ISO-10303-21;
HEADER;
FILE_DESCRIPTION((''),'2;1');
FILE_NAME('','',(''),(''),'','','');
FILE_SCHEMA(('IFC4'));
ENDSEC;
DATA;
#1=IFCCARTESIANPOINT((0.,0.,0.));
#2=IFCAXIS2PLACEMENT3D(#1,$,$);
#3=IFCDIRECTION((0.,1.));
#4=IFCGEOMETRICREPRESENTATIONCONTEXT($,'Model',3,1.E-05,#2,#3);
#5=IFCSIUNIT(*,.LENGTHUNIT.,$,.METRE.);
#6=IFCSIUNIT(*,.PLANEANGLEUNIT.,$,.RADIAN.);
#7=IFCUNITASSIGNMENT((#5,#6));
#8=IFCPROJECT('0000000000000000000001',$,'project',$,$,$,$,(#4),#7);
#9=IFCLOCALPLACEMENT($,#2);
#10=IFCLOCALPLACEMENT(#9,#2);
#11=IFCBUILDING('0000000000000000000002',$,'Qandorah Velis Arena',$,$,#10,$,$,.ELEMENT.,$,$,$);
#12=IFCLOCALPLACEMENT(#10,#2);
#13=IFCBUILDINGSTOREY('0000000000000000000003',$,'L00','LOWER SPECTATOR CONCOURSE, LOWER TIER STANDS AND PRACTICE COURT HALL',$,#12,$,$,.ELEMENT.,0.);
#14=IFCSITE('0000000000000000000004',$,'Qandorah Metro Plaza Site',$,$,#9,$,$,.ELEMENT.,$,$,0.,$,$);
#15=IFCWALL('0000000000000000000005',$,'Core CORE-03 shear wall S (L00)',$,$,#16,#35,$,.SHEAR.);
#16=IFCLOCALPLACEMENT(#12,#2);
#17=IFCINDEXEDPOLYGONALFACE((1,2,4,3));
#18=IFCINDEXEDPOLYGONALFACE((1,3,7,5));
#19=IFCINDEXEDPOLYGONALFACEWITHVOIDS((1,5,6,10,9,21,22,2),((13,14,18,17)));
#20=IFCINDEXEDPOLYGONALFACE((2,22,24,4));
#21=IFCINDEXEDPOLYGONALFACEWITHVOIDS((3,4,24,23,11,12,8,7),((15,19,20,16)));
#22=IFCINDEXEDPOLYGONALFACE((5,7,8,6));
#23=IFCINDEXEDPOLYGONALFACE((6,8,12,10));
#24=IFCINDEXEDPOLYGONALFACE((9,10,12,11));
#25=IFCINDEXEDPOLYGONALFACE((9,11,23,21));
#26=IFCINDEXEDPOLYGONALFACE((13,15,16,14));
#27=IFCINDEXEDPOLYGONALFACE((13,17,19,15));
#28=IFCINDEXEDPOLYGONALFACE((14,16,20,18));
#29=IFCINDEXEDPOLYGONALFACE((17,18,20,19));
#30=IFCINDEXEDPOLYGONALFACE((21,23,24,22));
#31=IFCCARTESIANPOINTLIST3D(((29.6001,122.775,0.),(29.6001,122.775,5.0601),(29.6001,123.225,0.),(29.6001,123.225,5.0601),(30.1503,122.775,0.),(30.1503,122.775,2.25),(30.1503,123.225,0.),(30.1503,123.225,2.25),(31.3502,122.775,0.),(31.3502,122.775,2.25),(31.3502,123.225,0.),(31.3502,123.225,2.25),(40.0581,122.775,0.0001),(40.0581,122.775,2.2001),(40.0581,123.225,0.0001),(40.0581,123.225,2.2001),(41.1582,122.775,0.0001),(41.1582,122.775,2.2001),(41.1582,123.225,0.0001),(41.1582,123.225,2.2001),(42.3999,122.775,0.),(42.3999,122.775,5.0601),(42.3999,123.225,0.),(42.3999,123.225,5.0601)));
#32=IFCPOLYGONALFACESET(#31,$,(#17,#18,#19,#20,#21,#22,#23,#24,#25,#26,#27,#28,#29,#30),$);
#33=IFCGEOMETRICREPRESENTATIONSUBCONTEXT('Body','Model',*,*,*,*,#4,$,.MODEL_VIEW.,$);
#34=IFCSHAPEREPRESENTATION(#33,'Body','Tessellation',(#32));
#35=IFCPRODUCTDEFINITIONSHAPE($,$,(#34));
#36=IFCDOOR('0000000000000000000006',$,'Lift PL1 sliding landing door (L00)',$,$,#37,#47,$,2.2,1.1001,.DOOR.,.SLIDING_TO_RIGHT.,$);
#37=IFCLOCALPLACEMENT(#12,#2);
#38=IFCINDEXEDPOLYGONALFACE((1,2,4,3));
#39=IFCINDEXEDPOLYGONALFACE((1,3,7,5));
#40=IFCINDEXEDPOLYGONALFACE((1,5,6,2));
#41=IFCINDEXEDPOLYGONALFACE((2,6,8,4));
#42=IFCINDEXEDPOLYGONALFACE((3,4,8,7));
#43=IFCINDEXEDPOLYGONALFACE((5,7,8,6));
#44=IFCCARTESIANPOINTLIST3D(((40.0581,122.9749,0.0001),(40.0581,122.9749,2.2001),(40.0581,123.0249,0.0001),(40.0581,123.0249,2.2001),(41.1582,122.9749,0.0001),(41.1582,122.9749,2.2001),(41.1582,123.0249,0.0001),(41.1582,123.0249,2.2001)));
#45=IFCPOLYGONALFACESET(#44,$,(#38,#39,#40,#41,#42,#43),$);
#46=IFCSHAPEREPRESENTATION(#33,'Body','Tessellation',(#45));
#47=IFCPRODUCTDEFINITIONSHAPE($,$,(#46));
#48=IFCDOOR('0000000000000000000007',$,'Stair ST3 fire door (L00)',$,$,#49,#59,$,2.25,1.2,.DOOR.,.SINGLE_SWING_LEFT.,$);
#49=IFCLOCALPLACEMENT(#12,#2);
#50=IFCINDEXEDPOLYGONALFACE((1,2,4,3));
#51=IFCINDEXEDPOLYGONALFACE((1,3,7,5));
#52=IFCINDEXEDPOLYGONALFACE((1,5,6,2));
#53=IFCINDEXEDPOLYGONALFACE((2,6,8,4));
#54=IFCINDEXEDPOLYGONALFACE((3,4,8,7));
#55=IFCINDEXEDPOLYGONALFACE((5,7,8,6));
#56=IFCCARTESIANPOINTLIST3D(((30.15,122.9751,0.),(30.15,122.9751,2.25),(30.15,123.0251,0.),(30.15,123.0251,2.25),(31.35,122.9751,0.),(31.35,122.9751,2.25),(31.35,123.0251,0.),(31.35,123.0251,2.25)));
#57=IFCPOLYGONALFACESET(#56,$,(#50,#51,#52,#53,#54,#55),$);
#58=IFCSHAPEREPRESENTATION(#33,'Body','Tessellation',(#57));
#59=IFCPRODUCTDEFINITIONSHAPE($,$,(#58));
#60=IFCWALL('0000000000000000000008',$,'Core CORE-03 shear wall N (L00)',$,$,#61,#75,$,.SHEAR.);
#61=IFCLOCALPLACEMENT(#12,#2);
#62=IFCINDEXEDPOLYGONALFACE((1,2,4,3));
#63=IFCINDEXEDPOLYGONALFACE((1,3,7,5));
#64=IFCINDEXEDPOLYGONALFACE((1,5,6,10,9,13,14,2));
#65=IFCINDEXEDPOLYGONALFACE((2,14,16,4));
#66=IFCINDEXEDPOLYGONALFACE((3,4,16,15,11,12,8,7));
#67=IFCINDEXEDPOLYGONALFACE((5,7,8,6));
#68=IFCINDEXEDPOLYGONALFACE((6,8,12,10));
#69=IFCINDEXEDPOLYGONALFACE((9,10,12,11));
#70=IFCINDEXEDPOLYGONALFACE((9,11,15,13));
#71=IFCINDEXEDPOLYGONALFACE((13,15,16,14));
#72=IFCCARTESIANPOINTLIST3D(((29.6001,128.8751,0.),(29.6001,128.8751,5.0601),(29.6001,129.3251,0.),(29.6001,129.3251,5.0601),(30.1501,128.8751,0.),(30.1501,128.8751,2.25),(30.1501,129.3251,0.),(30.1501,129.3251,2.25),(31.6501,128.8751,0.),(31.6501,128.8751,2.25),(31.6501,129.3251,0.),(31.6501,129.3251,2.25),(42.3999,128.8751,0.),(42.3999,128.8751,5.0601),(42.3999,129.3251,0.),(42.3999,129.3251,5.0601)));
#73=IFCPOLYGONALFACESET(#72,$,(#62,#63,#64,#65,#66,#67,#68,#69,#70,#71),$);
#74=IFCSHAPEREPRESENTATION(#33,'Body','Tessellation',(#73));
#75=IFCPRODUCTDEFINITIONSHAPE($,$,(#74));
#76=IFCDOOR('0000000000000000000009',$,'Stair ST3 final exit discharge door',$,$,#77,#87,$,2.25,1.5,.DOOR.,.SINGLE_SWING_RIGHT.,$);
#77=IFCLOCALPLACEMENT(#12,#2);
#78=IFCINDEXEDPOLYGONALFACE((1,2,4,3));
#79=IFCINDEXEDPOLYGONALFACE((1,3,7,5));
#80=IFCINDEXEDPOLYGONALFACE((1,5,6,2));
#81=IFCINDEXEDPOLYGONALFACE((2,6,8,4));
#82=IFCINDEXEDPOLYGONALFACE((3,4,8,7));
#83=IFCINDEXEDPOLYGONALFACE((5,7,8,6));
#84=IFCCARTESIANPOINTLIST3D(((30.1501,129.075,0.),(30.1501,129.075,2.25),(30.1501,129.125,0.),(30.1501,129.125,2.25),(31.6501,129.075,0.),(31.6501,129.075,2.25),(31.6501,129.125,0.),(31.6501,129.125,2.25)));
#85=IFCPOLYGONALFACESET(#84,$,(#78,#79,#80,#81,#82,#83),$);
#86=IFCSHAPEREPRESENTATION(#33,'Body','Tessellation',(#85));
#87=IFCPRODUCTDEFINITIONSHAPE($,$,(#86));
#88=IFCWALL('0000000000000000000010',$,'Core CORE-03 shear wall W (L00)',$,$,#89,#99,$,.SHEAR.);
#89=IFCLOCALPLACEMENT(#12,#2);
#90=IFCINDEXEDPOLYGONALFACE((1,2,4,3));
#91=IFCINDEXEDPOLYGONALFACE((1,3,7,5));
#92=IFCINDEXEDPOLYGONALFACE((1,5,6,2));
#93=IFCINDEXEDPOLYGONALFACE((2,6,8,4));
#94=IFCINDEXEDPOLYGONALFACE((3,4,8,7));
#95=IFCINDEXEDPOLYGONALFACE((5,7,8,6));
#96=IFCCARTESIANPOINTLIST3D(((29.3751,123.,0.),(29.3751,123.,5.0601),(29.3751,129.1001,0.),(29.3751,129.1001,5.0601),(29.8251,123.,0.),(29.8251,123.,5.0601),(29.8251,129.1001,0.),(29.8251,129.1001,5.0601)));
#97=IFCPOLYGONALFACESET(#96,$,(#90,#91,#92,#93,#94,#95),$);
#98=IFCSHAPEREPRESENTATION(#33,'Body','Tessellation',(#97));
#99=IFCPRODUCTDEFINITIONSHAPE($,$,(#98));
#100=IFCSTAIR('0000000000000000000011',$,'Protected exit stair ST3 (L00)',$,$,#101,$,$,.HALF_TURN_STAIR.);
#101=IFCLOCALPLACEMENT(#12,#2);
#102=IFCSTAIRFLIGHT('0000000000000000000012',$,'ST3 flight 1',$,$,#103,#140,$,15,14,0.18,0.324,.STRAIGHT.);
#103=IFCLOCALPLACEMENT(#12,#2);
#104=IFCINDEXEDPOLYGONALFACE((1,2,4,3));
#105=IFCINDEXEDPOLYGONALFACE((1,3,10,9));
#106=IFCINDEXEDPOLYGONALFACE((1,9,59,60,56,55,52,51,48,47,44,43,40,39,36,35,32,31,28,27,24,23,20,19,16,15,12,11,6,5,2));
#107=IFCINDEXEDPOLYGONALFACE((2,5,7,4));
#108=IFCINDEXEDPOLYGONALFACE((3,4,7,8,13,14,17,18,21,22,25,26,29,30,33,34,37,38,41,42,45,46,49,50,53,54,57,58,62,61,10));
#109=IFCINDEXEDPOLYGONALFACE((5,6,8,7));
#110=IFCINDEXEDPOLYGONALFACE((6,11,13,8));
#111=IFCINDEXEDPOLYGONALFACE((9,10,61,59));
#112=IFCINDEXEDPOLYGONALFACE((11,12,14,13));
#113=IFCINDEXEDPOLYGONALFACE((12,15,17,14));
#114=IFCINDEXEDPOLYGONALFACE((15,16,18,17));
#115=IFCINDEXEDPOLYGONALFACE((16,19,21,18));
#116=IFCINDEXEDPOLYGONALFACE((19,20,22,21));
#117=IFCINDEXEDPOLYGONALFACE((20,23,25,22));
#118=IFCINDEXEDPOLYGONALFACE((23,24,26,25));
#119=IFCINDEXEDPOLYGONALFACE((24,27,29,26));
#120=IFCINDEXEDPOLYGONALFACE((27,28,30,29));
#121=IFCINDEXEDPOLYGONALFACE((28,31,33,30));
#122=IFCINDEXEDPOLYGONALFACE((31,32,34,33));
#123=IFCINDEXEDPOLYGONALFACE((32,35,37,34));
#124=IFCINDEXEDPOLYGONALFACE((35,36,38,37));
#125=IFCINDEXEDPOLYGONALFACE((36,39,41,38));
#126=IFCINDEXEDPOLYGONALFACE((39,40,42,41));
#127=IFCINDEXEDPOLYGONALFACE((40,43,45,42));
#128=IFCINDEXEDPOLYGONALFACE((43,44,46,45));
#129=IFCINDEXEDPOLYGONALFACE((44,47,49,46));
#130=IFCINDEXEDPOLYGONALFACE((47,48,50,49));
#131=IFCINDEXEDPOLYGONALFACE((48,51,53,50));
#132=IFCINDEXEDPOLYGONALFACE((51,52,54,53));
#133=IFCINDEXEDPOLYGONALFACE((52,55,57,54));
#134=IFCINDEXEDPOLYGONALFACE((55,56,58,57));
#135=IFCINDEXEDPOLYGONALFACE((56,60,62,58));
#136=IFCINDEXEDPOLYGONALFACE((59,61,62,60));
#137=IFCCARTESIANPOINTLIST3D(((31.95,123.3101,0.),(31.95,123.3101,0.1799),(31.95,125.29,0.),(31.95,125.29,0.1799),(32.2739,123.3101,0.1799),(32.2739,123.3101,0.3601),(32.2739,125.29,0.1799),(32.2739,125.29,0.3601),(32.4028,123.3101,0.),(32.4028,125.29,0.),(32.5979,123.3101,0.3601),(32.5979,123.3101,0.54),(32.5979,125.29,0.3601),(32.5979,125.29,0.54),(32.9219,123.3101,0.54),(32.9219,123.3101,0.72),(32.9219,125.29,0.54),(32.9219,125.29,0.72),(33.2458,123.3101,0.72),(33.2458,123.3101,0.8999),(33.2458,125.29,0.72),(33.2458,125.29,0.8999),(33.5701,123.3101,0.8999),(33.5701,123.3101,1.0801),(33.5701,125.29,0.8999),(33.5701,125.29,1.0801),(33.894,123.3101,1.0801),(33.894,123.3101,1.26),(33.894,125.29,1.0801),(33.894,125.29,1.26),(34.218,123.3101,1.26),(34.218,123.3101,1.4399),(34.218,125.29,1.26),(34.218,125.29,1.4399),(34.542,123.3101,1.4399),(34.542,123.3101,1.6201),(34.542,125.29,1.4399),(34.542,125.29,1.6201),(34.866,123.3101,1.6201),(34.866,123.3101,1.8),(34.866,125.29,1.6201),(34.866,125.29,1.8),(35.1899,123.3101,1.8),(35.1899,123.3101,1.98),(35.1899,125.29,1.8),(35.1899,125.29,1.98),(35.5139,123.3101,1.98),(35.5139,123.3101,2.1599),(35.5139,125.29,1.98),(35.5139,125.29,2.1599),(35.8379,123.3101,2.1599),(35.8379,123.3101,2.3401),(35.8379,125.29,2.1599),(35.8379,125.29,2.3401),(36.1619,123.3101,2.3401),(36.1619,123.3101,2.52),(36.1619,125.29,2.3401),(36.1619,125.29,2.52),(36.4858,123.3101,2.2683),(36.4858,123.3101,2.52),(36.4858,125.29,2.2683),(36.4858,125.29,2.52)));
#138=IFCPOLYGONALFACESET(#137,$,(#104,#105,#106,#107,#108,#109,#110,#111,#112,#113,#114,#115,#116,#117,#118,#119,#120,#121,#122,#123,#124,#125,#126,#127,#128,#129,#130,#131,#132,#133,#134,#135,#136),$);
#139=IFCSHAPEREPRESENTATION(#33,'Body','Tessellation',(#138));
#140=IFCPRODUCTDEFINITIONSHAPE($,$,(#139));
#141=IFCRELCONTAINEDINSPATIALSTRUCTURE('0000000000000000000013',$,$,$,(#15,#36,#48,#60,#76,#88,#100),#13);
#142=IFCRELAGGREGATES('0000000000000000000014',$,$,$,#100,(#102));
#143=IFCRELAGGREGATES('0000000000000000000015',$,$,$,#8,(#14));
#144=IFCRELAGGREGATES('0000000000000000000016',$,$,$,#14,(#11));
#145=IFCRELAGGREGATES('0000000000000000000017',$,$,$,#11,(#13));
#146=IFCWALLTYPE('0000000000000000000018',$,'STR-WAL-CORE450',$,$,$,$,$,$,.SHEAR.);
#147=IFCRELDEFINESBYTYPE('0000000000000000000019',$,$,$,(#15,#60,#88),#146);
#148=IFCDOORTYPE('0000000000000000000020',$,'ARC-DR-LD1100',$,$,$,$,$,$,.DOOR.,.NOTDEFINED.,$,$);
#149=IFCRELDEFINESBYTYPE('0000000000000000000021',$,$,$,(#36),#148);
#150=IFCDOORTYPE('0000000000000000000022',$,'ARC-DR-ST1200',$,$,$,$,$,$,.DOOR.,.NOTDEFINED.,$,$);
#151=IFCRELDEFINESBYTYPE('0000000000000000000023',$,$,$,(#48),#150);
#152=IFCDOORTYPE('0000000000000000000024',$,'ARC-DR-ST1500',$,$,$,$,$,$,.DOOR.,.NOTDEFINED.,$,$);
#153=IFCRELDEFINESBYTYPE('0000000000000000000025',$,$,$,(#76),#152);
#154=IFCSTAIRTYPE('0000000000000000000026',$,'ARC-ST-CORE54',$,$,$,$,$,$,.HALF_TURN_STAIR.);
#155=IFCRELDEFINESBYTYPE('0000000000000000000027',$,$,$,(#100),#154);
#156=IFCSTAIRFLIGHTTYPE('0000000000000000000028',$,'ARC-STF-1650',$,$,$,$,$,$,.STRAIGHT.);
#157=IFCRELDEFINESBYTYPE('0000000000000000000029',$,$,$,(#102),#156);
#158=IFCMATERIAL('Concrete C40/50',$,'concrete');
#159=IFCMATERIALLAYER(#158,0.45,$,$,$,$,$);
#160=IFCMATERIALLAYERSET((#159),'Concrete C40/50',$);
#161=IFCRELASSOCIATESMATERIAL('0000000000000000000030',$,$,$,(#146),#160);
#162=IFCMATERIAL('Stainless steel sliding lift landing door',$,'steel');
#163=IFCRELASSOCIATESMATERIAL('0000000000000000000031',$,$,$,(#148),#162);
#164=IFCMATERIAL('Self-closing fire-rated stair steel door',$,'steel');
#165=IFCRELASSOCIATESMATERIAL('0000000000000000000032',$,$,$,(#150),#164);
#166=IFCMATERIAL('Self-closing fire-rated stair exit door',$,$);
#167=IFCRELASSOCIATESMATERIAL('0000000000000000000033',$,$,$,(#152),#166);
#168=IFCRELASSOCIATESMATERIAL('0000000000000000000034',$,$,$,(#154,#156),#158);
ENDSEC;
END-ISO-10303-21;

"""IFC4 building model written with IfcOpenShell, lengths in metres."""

from ifc_helpers import new_model, si_unit, direction, frame, frame_2d, origin, place, context, subcontext, project, spatial, polyline, rectangle, outline, extrude, material, layer, layer_set, type_object, element, fill, aggregate, save


model = new_model("IFC4")

# Units and contexts
model_context = context("Model", 3, precision=1e-05, world=origin(), true_north=direction((0.0, 1.0)))
body_context = subcontext(model_context, "Body", "Model", "MODEL_VIEW")
ifc_project = project(units=[si_unit("LENGTHUNIT", "METRE"), si_unit("PLANEANGLEUNIT", "RADIAN")], contexts=[model_context])

# Site, building, storey
site_placement = place(None, origin())
site = spatial("IfcSite", under=ifc_project, at=site_placement, Name="Qandorah Metro Plaza Site", CompositionType="ELEMENT", RefElevation=0.0)
building_placement = place(site_placement, origin())
building = spatial("IfcBuilding", under=site, at=building_placement, Name="Qandorah Velis Arena", CompositionType="ELEMENT")
storey_placement = place(building_placement, origin())
storey = spatial("IfcBuildingStorey", under=building, at=storey_placement, Name="L00", Description="LOWER SPECTATOR CONCOURSE, LOWER TIER STANDS AND PRACTICE COURT HALL", CompositionType="ELEMENT", Elevation=0.0)

# Shared definitions
ifc_material_1 = material(Name="Concrete C40/50", Category="concrete")

# Wall, openings, doors
ifc_layer = layer(ifc_material_1, 0.45)
ifc_layer_set = layer_set([ifc_layer], Name="Concrete C40/50")
wall_type = type_object("IfcWallType", Name="STR-WAL-CORE450", PredefinedType="SHEAR", material=ifc_layer_set)
wall_1_placement = place(storey_placement, frame((29.6001, 123.0, 0.0), z_axis=(0.0, 0.0, 1.0), x_axis=(1.0, 0.0, 0.0)))
wall_1 = element("IfcWall", 1, at=wall_1_placement, inside=storey, type_object=wall_type, Name="Core CORE-03 shear wall S (L00)", PredefinedType="SHEAR", context=body_context, shape_type="SweptSolid", body=[
    extrude(rectangle(XDim=12.7998, YDim=0.45, at=frame_2d((6.3999, 0.0))), origin(), (0.0, 0.0, 1.0), 5.0601),
])
opening_1_placement = place(wall_1_placement, frame((0.55, 0.0, 0.0)))
opening_1 = element("IfcOpeningElement", 2, at=opening_1_placement, cuts=wall_1, PredefinedType="OPENING", context=body_context, shape_type="SweptSolid", body=[
    extrude(rectangle(XDim=1.2, YDim=2.25, at=frame_2d((0.6001, 1.125))), frame((0.0, 0.2349, 0.0), z_axis=(0.0, -1.0, 0.0), x_axis=(1.0, 0.0, 0.0)), (0.0, 0.0, 1.0), 0.47),
])
opening_2_placement = place(wall_1_placement, frame((10.458, 0.0, 0.0)))
opening_2 = element("IfcOpeningElement", 3, at=opening_2_placement, cuts=wall_1, PredefinedType="OPENING", context=body_context, shape_type="SweptSolid", body=[
    extrude(rectangle(XDim=1.1001, YDim=2.2, at=frame_2d((0.55, 1.1001))), frame((0.0, 0.2349, 0.0), z_axis=(0.0, -1.0, 0.0), x_axis=(1.0, 0.0, 0.0)), (0.0, 0.0, 1.0), 0.47),
])
ifc_material_2 = material(Name="Stainless steel sliding lift landing door", Category="steel")
door_type_1 = type_object("IfcDoorType", Name="ARC-DR-LD1100", OperationType="NOTDEFINED", PredefinedType="DOOR", material=ifc_material_2)
door_1_placement = place(opening_2_placement, origin())
door_1 = element("IfcDoor", 4, at=door_1_placement, inside=storey, type_object=door_type_1, Name="Lift PL1 sliding landing door (L00)", OperationType="SLIDING_TO_RIGHT", OverallHeight=2.2, OverallWidth=1.1001, PredefinedType="DOOR", context=body_context, shape_type="SweptSolid", body=[
    extrude(rectangle(XDim=1.1001, YDim=2.2, at=frame_2d((0.55, 1.1001))), frame((0.0, 0.0249, 0.0), z_axis=(0.0, -1.0, 0.0), x_axis=(1.0, 0.0, 0.0)), (0.0, 0.0, 1.0), 0.05),
])
fill(opening_2, door_1)
ifc_material_3 = material(Name="Self-closing fire-rated stair steel door", Category="steel")
door_type_2 = type_object("IfcDoorType", Name="ARC-DR-ST1200", OperationType="NOTDEFINED", PredefinedType="DOOR", material=ifc_material_3)
door_2_placement = place(opening_1_placement, frame((1.2, 0.0, 0.0), z_axis=(0.0, 0.0, 1.0), x_axis=(-1.0, 0.0, 0.0)))
door_2 = element("IfcDoor", 5, at=door_2_placement, inside=storey, type_object=door_type_2, Name="Stair ST3 fire door (L00)", OperationType="SINGLE_SWING_LEFT", OverallHeight=2.25, OverallWidth=1.2, PredefinedType="DOOR", context=body_context, shape_type="SweptSolid", body=[
    extrude(rectangle(XDim=1.2, YDim=2.25, at=frame_2d((0.6001, 1.125))), frame((0.0, 0.0249, 0.0), z_axis=(0.0, -1.0, 0.0), x_axis=(1.0, 0.0, 0.0)), (0.0, 0.0, 1.0), 0.05),
])
fill(opening_1, door_2)

# Wall, opening, door
wall_2_placement = place(storey_placement, frame((29.6001, 129.1001, 0.0), z_axis=(0.0, 0.0, 1.0), x_axis=(1.0, 0.0, 0.0)))
wall_2 = element("IfcWall", 6, at=wall_2_placement, inside=storey, type_object=wall_type, Name="Core CORE-03 shear wall N (L00)", PredefinedType="SHEAR", context=body_context, shape_type="SweptSolid", body=[
    extrude(rectangle(XDim=12.7998, YDim=0.45, at=frame_2d((6.3999, 0.0))), origin(), (0.0, 0.0, 1.0), 5.0601),
])
opening_3_placement = place(wall_2_placement, frame((0.55, 0.0, 0.0)))
opening_3 = element("IfcOpeningElement", 7, at=opening_3_placement, cuts=wall_2, PredefinedType="OPENING", context=body_context, shape_type="SweptSolid", body=[
    extrude(rectangle(XDim=1.5, YDim=2.25, at=frame_2d((0.75, 1.125))), frame((0.0, 0.2349, 0.0), z_axis=(0.0, -1.0, 0.0), x_axis=(1.0, 0.0, 0.0)), (0.0, 0.0, 1.0), 0.47),
])
ifc_material_4 = material(Name="Self-closing fire-rated stair exit door")
door_type_3 = type_object("IfcDoorType", Name="ARC-DR-ST1500", OperationType="NOTDEFINED", PredefinedType="DOOR", material=ifc_material_4)
door_3_placement = place(opening_3_placement, origin())
door_3 = element("IfcDoor", 8, at=door_3_placement, inside=storey, type_object=door_type_3, Name="Stair ST3 final exit discharge door", OperationType="SINGLE_SWING_RIGHT", OverallHeight=2.25, OverallWidth=1.5, PredefinedType="DOOR", context=body_context, shape_type="SweptSolid", body=[
    extrude(rectangle(XDim=1.5, YDim=2.25, at=frame_2d((0.75, 1.125))), frame((0.0, 0.0249, 0.0), z_axis=(0.0, -1.0, 0.0), x_axis=(1.0, 0.0, 0.0)), (0.0, 0.0, 1.0), 0.05),
])
fill(opening_3, door_3)

# Wall
wall_3_placement = place(storey_placement, frame((29.6001, 123.0, 0.0), z_axis=(0.0, 0.0, 1.0), x_axis=(0.0, 1.0, 0.0)))
element("IfcWall", 9, at=wall_3_placement, inside=storey, type_object=wall_type, Name="Core CORE-03 shear wall W (L00)", PredefinedType="SHEAR", context=body_context, shape_type="SweptSolid", body=[
    extrude(rectangle(XDim=6.1001, YDim=0.45, at=frame_2d((3.05, 0.0))), origin(), (0.0, 0.0, 1.0), 5.0601),
])

# Stair, stair flight
stair_type = type_object("IfcStairType", Name="ARC-ST-CORE54", PredefinedType="HALF_TURN_STAIR", material=ifc_material_1)
stair_placement = place(storey_placement, origin())
stair = element("IfcStair", 10, at=stair_placement, inside=storey, type_object=stair_type, Name="Protected exit stair ST3 (L00)", PredefinedType="HALF_TURN_STAIR")
stair_flight_type = type_object("IfcStairFlightType", Name="ARC-STF-1650", PredefinedType="STRAIGHT", material=ifc_material_1)
stair_flight_placement = place(storey_placement, frame((31.95, 124.3, 0.0), z_axis=(0.0, 0.0, 1.0), x_axis=(1.0, 0.0, 0.0)))
stair_flight = element("IfcStairFlight", 11, at=stair_flight_placement, type_object=stair_flight_type, Name="ST3 flight 1", NumberOfRisers=15, NumberOfTreads=14, PredefinedType="STRAIGHT", RiserHeight=0.18, TreadLength=0.324, context=body_context, shape_type="SweptSolid", body=[
    extrude(outline(polyline([(0.0, 0.0), (0.0, 0.1799), (0.324, 0.1799), (0.324, 0.3601), (0.6479, 0.3601), (0.6479, 0.54), (0.9719, 0.54), (0.9719, 0.72), (1.2959, 0.72), (1.2959, 0.8999), (1.6201, 0.8999), (1.6201, 1.0801), (1.9441, 1.0801), (1.9441, 1.26), (2.2681, 1.26), (2.2681, 1.4399), (2.592, 1.4399), (2.592, 1.6201), (2.916, 1.6201), (2.916, 1.8), (3.24, 1.8), (3.24, 1.98), (3.564, 1.98), (3.564, 2.1599), (3.8879, 2.1599), (3.8879, 2.3401), (4.2119, 2.3401), (4.2119, 2.52), (4.5359, 2.52), (4.5359, 2.7), (4.5359, 2.2683), (0.4529, 0.0), (0.0, 0.0)])), frame((0.0, 0.99, 0.0), z_axis=(0.0, -1.0, 0.0), x_axis=(1.0, 0.0, 0.0)), (0.0, 0.0, 1.0), 1.98),
])
aggregate(stair, [stair_flight])

save(model, "model.ifc")
